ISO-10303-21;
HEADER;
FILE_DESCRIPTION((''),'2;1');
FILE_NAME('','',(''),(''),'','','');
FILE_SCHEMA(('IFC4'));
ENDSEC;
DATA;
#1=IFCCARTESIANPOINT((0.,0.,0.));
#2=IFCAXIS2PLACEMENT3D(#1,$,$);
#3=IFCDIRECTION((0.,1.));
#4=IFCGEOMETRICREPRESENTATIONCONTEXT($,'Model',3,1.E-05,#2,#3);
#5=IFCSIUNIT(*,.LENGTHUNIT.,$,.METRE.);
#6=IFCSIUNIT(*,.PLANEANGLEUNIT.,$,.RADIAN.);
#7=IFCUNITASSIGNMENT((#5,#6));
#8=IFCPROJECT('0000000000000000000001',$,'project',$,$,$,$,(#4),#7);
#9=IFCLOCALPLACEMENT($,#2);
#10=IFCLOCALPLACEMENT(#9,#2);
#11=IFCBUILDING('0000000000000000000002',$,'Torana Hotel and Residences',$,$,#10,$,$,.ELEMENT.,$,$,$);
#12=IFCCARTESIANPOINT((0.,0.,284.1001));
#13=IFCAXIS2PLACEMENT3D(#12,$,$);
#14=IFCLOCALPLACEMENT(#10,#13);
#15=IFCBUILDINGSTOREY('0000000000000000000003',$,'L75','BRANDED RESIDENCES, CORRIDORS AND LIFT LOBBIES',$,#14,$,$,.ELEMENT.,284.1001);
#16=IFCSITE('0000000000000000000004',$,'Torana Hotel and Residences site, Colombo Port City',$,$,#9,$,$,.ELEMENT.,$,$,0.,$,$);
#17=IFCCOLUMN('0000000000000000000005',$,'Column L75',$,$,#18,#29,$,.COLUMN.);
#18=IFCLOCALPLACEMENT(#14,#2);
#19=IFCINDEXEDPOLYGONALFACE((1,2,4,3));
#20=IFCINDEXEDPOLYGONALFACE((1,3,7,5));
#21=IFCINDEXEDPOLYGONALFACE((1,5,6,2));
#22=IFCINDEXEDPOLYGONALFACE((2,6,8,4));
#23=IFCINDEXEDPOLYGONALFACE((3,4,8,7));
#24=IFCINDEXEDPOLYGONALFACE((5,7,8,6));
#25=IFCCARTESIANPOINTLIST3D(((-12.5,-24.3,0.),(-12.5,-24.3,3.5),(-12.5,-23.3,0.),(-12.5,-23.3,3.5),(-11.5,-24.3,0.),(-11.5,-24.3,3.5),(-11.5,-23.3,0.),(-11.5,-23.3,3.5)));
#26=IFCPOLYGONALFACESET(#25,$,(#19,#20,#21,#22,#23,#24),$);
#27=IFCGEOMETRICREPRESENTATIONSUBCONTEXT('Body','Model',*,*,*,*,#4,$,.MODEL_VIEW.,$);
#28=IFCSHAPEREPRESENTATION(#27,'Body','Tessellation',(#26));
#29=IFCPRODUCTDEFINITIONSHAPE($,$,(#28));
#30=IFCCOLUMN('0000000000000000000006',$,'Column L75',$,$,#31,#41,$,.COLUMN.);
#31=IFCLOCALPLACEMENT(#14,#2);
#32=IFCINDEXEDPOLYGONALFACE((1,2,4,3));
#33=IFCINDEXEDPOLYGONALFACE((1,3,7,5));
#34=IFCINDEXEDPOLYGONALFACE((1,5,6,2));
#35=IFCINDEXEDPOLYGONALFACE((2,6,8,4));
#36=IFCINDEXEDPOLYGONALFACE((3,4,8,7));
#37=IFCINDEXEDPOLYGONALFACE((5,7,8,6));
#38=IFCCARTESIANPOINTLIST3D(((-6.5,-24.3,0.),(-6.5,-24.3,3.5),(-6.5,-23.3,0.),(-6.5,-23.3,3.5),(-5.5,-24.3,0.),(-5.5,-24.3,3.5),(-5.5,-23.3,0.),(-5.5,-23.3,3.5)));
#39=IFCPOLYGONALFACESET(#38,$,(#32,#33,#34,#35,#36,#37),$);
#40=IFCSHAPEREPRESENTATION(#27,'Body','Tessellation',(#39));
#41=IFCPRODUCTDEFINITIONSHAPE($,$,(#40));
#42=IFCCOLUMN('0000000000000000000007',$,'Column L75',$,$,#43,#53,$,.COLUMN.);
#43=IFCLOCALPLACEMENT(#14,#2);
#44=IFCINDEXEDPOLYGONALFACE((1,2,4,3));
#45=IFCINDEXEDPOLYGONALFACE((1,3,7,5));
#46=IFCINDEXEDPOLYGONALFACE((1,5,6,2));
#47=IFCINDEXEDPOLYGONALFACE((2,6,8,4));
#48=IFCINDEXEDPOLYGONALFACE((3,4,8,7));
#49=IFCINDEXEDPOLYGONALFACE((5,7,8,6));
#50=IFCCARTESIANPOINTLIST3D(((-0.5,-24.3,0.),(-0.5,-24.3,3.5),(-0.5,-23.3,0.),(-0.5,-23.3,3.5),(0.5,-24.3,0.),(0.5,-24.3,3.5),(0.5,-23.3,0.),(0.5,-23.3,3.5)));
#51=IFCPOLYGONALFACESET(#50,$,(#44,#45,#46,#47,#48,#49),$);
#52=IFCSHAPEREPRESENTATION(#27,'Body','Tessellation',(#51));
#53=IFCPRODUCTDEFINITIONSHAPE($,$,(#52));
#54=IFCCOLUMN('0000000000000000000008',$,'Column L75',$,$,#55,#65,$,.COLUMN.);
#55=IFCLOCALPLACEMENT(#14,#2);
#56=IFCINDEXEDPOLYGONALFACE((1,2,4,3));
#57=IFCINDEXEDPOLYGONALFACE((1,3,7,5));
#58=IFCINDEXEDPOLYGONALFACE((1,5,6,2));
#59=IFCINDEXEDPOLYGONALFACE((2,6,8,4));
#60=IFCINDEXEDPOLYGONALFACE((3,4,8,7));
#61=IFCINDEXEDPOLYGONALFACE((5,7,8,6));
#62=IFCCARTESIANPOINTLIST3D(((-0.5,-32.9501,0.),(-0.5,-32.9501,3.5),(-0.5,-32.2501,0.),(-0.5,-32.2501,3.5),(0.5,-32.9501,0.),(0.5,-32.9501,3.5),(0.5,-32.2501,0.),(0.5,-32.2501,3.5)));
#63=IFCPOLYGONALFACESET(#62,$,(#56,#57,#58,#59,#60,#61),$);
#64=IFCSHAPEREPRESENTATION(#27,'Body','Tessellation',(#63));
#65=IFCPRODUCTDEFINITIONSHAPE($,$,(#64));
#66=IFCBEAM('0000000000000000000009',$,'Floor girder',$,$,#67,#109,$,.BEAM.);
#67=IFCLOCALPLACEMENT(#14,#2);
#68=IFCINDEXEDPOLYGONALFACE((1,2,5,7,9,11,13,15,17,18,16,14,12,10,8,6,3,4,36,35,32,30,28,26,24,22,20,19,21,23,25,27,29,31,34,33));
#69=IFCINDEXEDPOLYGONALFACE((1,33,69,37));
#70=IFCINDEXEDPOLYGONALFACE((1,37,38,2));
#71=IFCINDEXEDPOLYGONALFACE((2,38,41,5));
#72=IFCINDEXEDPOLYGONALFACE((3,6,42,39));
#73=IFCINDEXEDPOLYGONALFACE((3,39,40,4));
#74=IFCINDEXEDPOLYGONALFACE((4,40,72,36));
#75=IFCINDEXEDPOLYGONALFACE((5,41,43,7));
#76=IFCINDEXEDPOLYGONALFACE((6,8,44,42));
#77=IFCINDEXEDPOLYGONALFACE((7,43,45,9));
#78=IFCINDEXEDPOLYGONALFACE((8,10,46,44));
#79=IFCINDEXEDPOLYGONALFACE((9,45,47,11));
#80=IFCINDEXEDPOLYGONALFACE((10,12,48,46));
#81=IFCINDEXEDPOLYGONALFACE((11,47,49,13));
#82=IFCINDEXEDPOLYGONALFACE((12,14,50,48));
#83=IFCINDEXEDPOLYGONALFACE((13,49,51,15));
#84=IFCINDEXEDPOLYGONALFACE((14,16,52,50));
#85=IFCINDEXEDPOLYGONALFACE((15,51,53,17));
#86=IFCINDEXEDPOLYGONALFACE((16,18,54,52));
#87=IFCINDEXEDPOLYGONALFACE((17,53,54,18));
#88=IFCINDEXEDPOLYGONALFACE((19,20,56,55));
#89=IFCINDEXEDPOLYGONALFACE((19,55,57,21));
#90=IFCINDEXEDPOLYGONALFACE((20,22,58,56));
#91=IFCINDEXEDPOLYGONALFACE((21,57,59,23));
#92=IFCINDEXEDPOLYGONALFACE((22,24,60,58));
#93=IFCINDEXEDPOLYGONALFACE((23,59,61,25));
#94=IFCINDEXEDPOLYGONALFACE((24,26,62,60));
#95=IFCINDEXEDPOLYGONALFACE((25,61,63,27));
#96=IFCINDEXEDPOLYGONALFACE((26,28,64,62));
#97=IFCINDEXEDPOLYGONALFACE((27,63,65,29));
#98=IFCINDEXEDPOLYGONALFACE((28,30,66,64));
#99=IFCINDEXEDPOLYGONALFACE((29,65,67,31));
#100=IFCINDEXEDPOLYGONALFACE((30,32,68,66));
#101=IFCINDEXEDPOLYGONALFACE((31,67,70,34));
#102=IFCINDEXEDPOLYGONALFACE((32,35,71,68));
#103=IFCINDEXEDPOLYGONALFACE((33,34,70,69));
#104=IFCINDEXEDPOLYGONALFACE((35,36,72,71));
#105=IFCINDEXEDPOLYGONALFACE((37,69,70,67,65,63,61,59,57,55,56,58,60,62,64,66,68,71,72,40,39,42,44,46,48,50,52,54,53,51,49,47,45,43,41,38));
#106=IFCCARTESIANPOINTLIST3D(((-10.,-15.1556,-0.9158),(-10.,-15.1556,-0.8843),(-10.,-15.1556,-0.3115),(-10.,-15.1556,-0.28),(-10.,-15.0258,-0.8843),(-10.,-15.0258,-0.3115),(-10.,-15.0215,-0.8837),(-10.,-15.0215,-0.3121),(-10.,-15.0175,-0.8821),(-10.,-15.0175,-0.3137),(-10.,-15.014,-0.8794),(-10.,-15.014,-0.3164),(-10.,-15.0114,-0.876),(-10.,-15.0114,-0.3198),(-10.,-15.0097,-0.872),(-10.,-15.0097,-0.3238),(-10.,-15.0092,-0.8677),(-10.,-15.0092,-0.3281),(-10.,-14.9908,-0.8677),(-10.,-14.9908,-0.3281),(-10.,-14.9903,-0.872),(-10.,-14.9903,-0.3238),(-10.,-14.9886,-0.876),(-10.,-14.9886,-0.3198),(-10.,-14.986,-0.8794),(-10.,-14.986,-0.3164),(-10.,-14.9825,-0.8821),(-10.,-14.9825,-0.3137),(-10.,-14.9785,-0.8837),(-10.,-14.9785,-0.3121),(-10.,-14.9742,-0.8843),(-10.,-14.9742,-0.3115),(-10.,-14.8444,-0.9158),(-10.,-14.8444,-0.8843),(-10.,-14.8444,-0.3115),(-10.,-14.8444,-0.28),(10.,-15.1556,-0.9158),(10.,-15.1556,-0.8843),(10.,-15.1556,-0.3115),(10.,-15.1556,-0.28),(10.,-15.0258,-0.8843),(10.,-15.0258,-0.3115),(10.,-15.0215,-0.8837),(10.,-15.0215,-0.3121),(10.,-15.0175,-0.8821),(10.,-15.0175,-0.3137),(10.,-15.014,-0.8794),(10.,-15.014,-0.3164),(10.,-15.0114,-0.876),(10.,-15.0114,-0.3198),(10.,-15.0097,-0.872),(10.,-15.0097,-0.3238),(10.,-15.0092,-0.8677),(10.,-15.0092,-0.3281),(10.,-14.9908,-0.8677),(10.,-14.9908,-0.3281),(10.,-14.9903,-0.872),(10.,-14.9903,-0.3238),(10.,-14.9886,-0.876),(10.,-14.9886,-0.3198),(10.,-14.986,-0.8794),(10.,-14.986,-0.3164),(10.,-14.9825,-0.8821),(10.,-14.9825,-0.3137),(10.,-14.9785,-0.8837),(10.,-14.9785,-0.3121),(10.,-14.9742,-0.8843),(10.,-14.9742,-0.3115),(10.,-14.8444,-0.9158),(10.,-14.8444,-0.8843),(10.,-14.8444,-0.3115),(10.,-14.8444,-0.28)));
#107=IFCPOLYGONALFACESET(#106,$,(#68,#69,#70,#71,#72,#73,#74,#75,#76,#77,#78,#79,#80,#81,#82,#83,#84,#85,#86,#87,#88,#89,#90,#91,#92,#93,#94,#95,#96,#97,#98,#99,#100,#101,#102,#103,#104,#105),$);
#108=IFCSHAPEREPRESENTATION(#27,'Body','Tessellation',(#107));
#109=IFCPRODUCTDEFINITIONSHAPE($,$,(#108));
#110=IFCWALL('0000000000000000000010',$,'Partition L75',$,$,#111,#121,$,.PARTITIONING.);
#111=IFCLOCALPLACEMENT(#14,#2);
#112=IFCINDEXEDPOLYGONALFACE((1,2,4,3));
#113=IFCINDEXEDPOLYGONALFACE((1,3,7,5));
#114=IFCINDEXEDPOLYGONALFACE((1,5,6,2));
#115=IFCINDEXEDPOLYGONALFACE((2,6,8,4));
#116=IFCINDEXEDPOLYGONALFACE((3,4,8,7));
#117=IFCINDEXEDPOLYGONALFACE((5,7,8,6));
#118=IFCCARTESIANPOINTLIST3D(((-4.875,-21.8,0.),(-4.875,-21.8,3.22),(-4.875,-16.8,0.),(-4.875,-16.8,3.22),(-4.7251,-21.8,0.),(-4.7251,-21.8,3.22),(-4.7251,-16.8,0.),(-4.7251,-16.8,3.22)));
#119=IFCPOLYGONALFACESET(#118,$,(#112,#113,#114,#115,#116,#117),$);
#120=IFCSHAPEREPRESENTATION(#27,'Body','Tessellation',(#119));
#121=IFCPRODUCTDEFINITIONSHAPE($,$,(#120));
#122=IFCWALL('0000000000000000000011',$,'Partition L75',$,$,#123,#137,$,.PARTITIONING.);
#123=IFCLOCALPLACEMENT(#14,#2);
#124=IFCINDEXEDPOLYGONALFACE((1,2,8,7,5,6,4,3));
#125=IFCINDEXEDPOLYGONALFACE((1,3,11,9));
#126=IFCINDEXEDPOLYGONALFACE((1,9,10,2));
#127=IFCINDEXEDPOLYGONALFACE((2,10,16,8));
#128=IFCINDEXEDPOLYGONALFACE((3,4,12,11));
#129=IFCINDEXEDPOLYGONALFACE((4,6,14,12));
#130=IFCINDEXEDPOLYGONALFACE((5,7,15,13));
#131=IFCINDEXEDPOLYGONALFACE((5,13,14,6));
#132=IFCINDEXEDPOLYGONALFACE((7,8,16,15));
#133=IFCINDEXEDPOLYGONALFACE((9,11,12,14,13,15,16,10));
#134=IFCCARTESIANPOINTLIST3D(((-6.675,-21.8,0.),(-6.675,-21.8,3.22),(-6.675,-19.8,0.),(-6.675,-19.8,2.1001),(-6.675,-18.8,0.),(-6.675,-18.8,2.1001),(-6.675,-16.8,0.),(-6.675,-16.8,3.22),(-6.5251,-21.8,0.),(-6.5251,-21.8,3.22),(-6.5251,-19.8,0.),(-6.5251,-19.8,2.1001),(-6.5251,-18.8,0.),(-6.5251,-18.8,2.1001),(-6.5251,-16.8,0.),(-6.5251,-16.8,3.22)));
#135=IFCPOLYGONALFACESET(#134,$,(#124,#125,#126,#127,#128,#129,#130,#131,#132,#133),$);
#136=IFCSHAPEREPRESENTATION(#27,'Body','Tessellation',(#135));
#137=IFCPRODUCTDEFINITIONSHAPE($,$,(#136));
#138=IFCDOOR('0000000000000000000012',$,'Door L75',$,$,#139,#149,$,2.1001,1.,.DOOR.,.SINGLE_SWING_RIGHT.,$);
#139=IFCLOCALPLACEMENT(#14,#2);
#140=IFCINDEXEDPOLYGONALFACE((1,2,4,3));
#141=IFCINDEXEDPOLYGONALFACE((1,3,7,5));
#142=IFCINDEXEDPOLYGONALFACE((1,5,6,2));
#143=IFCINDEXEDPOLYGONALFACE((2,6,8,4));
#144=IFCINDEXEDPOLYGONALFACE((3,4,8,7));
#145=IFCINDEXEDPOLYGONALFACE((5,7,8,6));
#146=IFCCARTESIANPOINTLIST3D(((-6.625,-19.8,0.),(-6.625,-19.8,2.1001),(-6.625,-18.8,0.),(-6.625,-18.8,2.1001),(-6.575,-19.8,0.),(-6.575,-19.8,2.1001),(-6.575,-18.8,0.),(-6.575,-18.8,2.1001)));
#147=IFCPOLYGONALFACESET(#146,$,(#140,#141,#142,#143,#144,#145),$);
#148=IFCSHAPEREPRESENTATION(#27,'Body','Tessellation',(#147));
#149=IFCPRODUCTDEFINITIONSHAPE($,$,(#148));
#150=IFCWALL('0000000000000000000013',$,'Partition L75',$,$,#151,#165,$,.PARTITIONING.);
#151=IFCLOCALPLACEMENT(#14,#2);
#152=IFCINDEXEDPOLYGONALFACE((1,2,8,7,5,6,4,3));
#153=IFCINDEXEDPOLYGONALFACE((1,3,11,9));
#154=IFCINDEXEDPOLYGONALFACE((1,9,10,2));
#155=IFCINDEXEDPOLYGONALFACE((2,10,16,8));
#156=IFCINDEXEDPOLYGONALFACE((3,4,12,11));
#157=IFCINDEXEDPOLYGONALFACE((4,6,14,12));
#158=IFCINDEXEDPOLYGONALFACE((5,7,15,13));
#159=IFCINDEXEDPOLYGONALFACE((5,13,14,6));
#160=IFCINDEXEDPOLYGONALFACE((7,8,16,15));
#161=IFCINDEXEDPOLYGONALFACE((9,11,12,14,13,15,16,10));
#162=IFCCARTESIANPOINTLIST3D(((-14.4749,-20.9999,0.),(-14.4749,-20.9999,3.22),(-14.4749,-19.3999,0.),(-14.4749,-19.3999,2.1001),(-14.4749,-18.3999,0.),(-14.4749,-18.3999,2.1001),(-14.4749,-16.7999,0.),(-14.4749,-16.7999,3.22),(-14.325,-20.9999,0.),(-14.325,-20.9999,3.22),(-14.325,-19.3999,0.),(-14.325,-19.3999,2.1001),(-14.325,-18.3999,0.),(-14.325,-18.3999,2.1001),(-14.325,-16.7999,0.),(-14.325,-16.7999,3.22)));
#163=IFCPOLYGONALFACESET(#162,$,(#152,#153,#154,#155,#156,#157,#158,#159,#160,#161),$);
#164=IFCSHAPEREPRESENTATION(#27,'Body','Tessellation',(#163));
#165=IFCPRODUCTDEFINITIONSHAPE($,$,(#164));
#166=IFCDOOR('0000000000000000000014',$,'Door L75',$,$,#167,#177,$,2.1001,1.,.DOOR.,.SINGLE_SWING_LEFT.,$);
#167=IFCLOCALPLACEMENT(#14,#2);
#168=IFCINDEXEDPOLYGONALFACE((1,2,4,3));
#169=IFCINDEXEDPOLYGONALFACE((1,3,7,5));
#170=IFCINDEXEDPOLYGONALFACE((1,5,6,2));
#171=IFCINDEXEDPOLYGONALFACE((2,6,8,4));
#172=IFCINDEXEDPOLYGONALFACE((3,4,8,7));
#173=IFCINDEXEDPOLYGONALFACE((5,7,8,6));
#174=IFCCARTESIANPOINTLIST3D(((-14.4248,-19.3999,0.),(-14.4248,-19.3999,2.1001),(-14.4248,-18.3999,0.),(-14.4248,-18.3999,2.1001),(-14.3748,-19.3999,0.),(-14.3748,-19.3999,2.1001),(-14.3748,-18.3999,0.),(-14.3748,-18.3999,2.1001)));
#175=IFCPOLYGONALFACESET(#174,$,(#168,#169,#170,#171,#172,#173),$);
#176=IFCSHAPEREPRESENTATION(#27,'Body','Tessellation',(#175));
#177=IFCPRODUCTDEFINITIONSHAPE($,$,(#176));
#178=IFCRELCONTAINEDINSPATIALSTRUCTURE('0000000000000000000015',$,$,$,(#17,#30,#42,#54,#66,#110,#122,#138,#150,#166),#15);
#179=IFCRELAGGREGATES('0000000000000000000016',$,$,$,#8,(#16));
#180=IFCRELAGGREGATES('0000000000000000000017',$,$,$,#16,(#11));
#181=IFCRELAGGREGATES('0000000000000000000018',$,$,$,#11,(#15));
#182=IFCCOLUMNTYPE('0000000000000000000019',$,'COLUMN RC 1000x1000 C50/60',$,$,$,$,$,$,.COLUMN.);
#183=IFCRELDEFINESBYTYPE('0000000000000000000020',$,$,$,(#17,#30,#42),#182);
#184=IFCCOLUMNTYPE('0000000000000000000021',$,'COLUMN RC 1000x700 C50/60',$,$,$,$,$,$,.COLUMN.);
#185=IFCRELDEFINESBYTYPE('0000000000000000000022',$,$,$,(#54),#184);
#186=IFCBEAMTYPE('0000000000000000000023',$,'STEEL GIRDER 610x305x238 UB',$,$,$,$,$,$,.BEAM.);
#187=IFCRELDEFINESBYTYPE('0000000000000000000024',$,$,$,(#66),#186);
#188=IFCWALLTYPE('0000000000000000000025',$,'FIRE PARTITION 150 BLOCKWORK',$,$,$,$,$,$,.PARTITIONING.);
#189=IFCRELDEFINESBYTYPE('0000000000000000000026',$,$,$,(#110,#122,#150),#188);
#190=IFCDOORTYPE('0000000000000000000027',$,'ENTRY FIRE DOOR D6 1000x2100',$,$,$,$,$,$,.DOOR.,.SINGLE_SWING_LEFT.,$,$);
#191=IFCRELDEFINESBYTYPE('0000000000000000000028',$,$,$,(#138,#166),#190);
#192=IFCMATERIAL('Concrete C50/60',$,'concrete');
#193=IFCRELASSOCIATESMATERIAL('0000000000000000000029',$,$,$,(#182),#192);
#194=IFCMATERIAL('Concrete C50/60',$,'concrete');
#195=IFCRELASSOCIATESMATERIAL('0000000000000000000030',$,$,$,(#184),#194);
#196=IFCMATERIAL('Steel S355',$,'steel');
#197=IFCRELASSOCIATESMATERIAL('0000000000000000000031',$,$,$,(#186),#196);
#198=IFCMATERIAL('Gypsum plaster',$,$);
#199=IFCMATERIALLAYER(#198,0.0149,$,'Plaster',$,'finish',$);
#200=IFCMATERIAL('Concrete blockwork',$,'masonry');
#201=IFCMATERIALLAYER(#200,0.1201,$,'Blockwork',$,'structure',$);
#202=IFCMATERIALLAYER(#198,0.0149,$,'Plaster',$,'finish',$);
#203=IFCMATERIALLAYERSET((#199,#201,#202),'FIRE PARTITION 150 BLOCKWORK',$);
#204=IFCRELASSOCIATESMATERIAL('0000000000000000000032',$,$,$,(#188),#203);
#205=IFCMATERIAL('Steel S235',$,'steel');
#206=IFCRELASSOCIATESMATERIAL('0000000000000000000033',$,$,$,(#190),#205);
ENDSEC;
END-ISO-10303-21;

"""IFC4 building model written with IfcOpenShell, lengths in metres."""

from ifc_helpers import new_model, si_unit, direction, frame, frame_2d, origin, origin_2d, place, context, subcontext, project, spatial, rectangle, i_section, extrude, material, layer, layer_set, material_profile, profile_set, type_object, element, fill, save


model = new_model("IFC4")

# Units and contexts
model_context = context("Model", 3, precision=1e-05, world=origin(), true_north=direction((0.0, 1.0)))
body_context = subcontext(model_context, "Body", "Model", "MODEL_VIEW")
ifc_project = project(units=[si_unit("LENGTHUNIT", "METRE"), si_unit("PLANEANGLEUNIT", "RADIAN")], contexts=[model_context])

# Site, building, storey
site_placement = place(None, origin())
site = spatial("IfcSite", under=ifc_project, at=site_placement, Name="Torana Hotel and Residences site, Colombo Port City", CompositionType="ELEMENT", RefElevation=0.0)
building_placement = place(site_placement, origin())
building = spatial("IfcBuilding", under=site, at=building_placement, Name="Torana Hotel and Residences", CompositionType="ELEMENT")
storey_placement = place(building_placement, frame((0.0, 0.0, 284.1001)))
storey = spatial("IfcBuildingStorey", under=building, at=storey_placement, Name="L75", Description="BRANDED RESIDENCES, CORRIDORS AND LIFT LOBBIES", CompositionType="ELEMENT", Elevation=284.1001)

# Columns
ifc_material_1 = material(Name="Concrete C50/60", Category="concrete")
ifc_material_profile_1 = material_profile(ifc_material_1, rectangle(XDim=1.0, YDim=1.0, at=origin_2d()), Name="RC 1000x1000")
ifc_profile_set_1 = profile_set([ifc_material_profile_1], Name="Concrete C50/60")
column_type_1 = type_object("IfcColumnType", Name="COLUMN RC 1000x1000 C50/60", PredefinedType="COLUMN", material=ifc_profile_set_1)
for number, where, z_axis, x_axis, name in (
    (1, (-12.0, -23.8, 0.0), (0.0, 0.0, 1.0), (1.0, 0.0, 0.0), "Column L75"),
    (2, (-6.0, -23.8, 0.0), (0.0, 0.0, 1.0), (1.0, 0.0, 0.0), "Column L75"),
    (3, (0.0, -23.8, 0.0), (0.0, 0.0, 1.0), (1.0, 0.0, 0.0), "Column L75"),
):
    element("IfcColumn", number, at=place(storey_placement, frame(where, z_axis=z_axis, x_axis=x_axis)), inside=storey, type_object=column_type_1, Name=name, PredefinedType="COLUMN", context=body_context, shape_type="SweptSolid", body=[
        extrude(rectangle(XDim=1.0, YDim=1.0, at=origin_2d()), origin(), (0.0, 0.0, 1.0), 3.5),
    ])
ifc_material_2 = material(Name="Concrete C50/60", Category="concrete")
ifc_material_profile_2 = material_profile(ifc_material_2, rectangle(XDim=1.0, YDim=0.7, at=origin_2d()), Name="RC 1000x700")
ifc_profile_set_2 = profile_set([ifc_material_profile_2], Name="Concrete C50/60")
column_type_2 = type_object("IfcColumnType", Name="COLUMN RC 1000x700 C50/60", PredefinedType="COLUMN", material=ifc_profile_set_2)
column_placement = place(storey_placement, frame((0.0, -32.6001, 0.0), z_axis=(0.0, 0.0, 1.0), x_axis=(1.0, 0.0, 0.0)))
element("IfcColumn", 4, at=column_placement, inside=storey, type_object=column_type_2, Name="Column L75", PredefinedType="COLUMN", context=body_context, shape_type="SweptSolid", body=[
    extrude(rectangle(XDim=1.0, YDim=0.7, at=origin_2d()), origin(), (0.0, 0.0, 1.0), 3.5),
])

# Beam
ifc_material_3 = material(Name="Steel S355", Category="steel")
ifc_material_profile_3 = material_profile(ifc_material_3, i_section(OverallWidth=0.3113, OverallDepth=0.6357, WebThickness=0.0183, FlangeThickness=0.0315, FilletRadius=0.0166, at=origin_2d()), Name="610x305x238 UB")
ifc_profile_set_3 = profile_set([ifc_material_profile_3], Name="Steel S355")
beam_type = type_object("IfcBeamType", Name="STEEL GIRDER 610x305x238 UB", PredefinedType="BEAM", material=ifc_profile_set_3)
beam_placement = place(storey_placement, frame((-10.0, -15.0, -0.5979), z_axis=(1.0, 0.0, 0.0), x_axis=(0.0, 1.0, 0.0)))
element("IfcBeam", 5, at=beam_placement, inside=storey, type_object=beam_type, Name="Floor girder", PredefinedType="BEAM", context=body_context, shape_type="SweptSolid", body=[
    extrude(i_section(OverallWidth=0.3113, OverallDepth=0.6357, WebThickness=0.0183, FlangeThickness=0.0315, FilletRadius=0.0166, at=origin_2d()), origin(), (0.0, 0.0, 1.0), 20.0),
])

# Wall
ifc_material_4 = material(Name="Gypsum plaster")
ifc_layer_1 = layer(ifc_material_4, 0.0149, Name="Plaster", Category="finish")
ifc_material_5 = material(Name="Concrete blockwork", Category="masonry")
ifc_layer_2 = layer(ifc_material_5, 0.1201, Name="Blockwork", Category="structure")
ifc_layer_3 = layer(ifc_material_4, 0.0149, Name="Plaster", Category="finish")
ifc_layer_set_1 = layer_set([ifc_layer_1, ifc_layer_2, ifc_layer_3], Name="FIRE PARTITION 150 BLOCKWORK")
wall_type_1 = type_object("IfcWallType", Name="FIRE PARTITION 150 BLOCKWORK", PredefinedType="PARTITIONING", material=ifc_layer_set_1)
wall_1_placement = place(storey_placement, frame((-4.8, -21.8, 0.0), z_axis=(0.0, 0.0, 1.0), x_axis=(0.0, 1.0, 0.0)))
element("IfcWall", 6, at=wall_1_placement, inside=storey, type_object=wall_type_1, Name="Partition L75", PredefinedType="PARTITIONING", context=body_context, shape_type="SweptSolid", body=[
    extrude(rectangle(XDim=5.0, YDim=0.1499, at=frame_2d((2.5, 0.0))), origin(), (0.0, 0.0, 1.0), 3.22),
])

# Walls, openings, doors
wall_2_placement = place(storey_placement, frame((-6.6001, -21.8, 0.0), z_axis=(0.0, 0.0, 1.0), x_axis=(0.0, 1.0, 0.0)))
wall_2 = element("IfcWall", 7, at=wall_2_placement, inside=storey, type_object=wall_type_1, Name="Partition L75", PredefinedType="PARTITIONING", context=body_context, shape_type="SweptSolid", body=[
    extrude(rectangle(XDim=5.0, YDim=0.1499, at=frame_2d((2.5, 0.0))), origin(), (0.0, 0.0, 1.0), 3.22),
])
opening_1_placement = place(wall_2_placement, frame((2.0, 0.0, 0.0)))
opening_1 = element("IfcOpeningElement", 8, at=opening_1_placement, cuts=wall_2, PredefinedType="OPENING", context=body_context, shape_type="SweptSolid", body=[
    extrude(rectangle(XDim=1.0, YDim=2.1001, at=frame_2d((0.5, 1.05))), frame((0.0, 0.085, 0.0), z_axis=(0.0, -1.0, 0.0), x_axis=(1.0, 0.0, 0.0)), (0.0, 0.0, 1.0), 0.1699),
])
ifc_material_6 = material(Name="Steel S235", Category="steel")
door_type_1 = type_object("IfcDoorType", Name="ENTRY FIRE DOOR D6 1000x2100", OperationType="SINGLE_SWING_LEFT", PredefinedType="DOOR", material=ifc_material_6)
door_1_placement = place(opening_1_placement, origin())
door_1 = element("IfcDoor", 9, at=door_1_placement, inside=storey, type_object=door_type_1, Name="Door L75", OperationType="SINGLE_SWING_RIGHT", OverallHeight=2.1001, OverallWidth=1.0, PredefinedType="DOOR", context=body_context, shape_type="SweptSolid", body=[
    extrude(rectangle(XDim=1.0, YDim=2.1001, at=frame_2d((0.5, 1.05))), frame((0.0, 0.0249, 0.0), z_axis=(0.0, -1.0, 0.0), x_axis=(1.0, 0.0, 0.0)), (0.0, 0.0, 1.0), 0.05),
])
fill(opening_1, door_1)
wall_3_placement = place(storey_placement, frame((-14.3999, -21.0, 0.0), z_axis=(0.0, 0.0, 1.0), x_axis=(0.0, 1.0, 0.0)))
wall_3 = element("IfcWall", 10, at=wall_3_placement, inside=storey, type_object=wall_type_1, Name="Partition L75", PredefinedType="PARTITIONING", context=body_context, shape_type="SweptSolid", body=[
    extrude(rectangle(XDim=4.2, YDim=0.1499, at=frame_2d((2.1001, 0.0))), origin(), (0.0, 0.0, 1.0), 3.22),
])
opening_2_placement = place(wall_3_placement, frame((1.6001, 0.0, 0.0)))
opening_2 = element("IfcOpeningElement", 11, at=opening_2_placement, cuts=wall_3, PredefinedType="OPENING", context=body_context, shape_type="SweptSolid", body=[
    extrude(rectangle(XDim=1.0, YDim=2.1001, at=frame_2d((0.5, 1.05))), frame((0.0, 0.085, 0.0), z_axis=(0.0, -1.0, 0.0), x_axis=(1.0, 0.0, 0.0)), (0.0, 0.0, 1.0), 0.1699),
])
door_2_placement = place(opening_2_placement, frame((0.5, 0.0, 0.0), z_axis=(0.0, 0.0, 1.0), x_axis=(-1.0, 0.0, 0.0)))
door_2 = element("IfcDoor", 12, at=door_2_placement, inside=storey, type_object=door_type_1, Name="Door L75", OperationType="SINGLE_SWING_LEFT", OverallHeight=2.1001, OverallWidth=1.0, PredefinedType="DOOR", context=body_context, shape_type="SweptSolid", body=[
    extrude(rectangle(XDim=1.0, YDim=2.1001, at=frame_2d((0.0, 1.05))), frame((0.0, -0.0249, 0.0), z_axis=(0.0, 1.0, 0.0), x_axis=(-1.0, 0.0, 0.0)), (0.0, 0.0, 1.0), 0.05),
])
fill(opening_2, door_2)

save(model, "model.ifc")
